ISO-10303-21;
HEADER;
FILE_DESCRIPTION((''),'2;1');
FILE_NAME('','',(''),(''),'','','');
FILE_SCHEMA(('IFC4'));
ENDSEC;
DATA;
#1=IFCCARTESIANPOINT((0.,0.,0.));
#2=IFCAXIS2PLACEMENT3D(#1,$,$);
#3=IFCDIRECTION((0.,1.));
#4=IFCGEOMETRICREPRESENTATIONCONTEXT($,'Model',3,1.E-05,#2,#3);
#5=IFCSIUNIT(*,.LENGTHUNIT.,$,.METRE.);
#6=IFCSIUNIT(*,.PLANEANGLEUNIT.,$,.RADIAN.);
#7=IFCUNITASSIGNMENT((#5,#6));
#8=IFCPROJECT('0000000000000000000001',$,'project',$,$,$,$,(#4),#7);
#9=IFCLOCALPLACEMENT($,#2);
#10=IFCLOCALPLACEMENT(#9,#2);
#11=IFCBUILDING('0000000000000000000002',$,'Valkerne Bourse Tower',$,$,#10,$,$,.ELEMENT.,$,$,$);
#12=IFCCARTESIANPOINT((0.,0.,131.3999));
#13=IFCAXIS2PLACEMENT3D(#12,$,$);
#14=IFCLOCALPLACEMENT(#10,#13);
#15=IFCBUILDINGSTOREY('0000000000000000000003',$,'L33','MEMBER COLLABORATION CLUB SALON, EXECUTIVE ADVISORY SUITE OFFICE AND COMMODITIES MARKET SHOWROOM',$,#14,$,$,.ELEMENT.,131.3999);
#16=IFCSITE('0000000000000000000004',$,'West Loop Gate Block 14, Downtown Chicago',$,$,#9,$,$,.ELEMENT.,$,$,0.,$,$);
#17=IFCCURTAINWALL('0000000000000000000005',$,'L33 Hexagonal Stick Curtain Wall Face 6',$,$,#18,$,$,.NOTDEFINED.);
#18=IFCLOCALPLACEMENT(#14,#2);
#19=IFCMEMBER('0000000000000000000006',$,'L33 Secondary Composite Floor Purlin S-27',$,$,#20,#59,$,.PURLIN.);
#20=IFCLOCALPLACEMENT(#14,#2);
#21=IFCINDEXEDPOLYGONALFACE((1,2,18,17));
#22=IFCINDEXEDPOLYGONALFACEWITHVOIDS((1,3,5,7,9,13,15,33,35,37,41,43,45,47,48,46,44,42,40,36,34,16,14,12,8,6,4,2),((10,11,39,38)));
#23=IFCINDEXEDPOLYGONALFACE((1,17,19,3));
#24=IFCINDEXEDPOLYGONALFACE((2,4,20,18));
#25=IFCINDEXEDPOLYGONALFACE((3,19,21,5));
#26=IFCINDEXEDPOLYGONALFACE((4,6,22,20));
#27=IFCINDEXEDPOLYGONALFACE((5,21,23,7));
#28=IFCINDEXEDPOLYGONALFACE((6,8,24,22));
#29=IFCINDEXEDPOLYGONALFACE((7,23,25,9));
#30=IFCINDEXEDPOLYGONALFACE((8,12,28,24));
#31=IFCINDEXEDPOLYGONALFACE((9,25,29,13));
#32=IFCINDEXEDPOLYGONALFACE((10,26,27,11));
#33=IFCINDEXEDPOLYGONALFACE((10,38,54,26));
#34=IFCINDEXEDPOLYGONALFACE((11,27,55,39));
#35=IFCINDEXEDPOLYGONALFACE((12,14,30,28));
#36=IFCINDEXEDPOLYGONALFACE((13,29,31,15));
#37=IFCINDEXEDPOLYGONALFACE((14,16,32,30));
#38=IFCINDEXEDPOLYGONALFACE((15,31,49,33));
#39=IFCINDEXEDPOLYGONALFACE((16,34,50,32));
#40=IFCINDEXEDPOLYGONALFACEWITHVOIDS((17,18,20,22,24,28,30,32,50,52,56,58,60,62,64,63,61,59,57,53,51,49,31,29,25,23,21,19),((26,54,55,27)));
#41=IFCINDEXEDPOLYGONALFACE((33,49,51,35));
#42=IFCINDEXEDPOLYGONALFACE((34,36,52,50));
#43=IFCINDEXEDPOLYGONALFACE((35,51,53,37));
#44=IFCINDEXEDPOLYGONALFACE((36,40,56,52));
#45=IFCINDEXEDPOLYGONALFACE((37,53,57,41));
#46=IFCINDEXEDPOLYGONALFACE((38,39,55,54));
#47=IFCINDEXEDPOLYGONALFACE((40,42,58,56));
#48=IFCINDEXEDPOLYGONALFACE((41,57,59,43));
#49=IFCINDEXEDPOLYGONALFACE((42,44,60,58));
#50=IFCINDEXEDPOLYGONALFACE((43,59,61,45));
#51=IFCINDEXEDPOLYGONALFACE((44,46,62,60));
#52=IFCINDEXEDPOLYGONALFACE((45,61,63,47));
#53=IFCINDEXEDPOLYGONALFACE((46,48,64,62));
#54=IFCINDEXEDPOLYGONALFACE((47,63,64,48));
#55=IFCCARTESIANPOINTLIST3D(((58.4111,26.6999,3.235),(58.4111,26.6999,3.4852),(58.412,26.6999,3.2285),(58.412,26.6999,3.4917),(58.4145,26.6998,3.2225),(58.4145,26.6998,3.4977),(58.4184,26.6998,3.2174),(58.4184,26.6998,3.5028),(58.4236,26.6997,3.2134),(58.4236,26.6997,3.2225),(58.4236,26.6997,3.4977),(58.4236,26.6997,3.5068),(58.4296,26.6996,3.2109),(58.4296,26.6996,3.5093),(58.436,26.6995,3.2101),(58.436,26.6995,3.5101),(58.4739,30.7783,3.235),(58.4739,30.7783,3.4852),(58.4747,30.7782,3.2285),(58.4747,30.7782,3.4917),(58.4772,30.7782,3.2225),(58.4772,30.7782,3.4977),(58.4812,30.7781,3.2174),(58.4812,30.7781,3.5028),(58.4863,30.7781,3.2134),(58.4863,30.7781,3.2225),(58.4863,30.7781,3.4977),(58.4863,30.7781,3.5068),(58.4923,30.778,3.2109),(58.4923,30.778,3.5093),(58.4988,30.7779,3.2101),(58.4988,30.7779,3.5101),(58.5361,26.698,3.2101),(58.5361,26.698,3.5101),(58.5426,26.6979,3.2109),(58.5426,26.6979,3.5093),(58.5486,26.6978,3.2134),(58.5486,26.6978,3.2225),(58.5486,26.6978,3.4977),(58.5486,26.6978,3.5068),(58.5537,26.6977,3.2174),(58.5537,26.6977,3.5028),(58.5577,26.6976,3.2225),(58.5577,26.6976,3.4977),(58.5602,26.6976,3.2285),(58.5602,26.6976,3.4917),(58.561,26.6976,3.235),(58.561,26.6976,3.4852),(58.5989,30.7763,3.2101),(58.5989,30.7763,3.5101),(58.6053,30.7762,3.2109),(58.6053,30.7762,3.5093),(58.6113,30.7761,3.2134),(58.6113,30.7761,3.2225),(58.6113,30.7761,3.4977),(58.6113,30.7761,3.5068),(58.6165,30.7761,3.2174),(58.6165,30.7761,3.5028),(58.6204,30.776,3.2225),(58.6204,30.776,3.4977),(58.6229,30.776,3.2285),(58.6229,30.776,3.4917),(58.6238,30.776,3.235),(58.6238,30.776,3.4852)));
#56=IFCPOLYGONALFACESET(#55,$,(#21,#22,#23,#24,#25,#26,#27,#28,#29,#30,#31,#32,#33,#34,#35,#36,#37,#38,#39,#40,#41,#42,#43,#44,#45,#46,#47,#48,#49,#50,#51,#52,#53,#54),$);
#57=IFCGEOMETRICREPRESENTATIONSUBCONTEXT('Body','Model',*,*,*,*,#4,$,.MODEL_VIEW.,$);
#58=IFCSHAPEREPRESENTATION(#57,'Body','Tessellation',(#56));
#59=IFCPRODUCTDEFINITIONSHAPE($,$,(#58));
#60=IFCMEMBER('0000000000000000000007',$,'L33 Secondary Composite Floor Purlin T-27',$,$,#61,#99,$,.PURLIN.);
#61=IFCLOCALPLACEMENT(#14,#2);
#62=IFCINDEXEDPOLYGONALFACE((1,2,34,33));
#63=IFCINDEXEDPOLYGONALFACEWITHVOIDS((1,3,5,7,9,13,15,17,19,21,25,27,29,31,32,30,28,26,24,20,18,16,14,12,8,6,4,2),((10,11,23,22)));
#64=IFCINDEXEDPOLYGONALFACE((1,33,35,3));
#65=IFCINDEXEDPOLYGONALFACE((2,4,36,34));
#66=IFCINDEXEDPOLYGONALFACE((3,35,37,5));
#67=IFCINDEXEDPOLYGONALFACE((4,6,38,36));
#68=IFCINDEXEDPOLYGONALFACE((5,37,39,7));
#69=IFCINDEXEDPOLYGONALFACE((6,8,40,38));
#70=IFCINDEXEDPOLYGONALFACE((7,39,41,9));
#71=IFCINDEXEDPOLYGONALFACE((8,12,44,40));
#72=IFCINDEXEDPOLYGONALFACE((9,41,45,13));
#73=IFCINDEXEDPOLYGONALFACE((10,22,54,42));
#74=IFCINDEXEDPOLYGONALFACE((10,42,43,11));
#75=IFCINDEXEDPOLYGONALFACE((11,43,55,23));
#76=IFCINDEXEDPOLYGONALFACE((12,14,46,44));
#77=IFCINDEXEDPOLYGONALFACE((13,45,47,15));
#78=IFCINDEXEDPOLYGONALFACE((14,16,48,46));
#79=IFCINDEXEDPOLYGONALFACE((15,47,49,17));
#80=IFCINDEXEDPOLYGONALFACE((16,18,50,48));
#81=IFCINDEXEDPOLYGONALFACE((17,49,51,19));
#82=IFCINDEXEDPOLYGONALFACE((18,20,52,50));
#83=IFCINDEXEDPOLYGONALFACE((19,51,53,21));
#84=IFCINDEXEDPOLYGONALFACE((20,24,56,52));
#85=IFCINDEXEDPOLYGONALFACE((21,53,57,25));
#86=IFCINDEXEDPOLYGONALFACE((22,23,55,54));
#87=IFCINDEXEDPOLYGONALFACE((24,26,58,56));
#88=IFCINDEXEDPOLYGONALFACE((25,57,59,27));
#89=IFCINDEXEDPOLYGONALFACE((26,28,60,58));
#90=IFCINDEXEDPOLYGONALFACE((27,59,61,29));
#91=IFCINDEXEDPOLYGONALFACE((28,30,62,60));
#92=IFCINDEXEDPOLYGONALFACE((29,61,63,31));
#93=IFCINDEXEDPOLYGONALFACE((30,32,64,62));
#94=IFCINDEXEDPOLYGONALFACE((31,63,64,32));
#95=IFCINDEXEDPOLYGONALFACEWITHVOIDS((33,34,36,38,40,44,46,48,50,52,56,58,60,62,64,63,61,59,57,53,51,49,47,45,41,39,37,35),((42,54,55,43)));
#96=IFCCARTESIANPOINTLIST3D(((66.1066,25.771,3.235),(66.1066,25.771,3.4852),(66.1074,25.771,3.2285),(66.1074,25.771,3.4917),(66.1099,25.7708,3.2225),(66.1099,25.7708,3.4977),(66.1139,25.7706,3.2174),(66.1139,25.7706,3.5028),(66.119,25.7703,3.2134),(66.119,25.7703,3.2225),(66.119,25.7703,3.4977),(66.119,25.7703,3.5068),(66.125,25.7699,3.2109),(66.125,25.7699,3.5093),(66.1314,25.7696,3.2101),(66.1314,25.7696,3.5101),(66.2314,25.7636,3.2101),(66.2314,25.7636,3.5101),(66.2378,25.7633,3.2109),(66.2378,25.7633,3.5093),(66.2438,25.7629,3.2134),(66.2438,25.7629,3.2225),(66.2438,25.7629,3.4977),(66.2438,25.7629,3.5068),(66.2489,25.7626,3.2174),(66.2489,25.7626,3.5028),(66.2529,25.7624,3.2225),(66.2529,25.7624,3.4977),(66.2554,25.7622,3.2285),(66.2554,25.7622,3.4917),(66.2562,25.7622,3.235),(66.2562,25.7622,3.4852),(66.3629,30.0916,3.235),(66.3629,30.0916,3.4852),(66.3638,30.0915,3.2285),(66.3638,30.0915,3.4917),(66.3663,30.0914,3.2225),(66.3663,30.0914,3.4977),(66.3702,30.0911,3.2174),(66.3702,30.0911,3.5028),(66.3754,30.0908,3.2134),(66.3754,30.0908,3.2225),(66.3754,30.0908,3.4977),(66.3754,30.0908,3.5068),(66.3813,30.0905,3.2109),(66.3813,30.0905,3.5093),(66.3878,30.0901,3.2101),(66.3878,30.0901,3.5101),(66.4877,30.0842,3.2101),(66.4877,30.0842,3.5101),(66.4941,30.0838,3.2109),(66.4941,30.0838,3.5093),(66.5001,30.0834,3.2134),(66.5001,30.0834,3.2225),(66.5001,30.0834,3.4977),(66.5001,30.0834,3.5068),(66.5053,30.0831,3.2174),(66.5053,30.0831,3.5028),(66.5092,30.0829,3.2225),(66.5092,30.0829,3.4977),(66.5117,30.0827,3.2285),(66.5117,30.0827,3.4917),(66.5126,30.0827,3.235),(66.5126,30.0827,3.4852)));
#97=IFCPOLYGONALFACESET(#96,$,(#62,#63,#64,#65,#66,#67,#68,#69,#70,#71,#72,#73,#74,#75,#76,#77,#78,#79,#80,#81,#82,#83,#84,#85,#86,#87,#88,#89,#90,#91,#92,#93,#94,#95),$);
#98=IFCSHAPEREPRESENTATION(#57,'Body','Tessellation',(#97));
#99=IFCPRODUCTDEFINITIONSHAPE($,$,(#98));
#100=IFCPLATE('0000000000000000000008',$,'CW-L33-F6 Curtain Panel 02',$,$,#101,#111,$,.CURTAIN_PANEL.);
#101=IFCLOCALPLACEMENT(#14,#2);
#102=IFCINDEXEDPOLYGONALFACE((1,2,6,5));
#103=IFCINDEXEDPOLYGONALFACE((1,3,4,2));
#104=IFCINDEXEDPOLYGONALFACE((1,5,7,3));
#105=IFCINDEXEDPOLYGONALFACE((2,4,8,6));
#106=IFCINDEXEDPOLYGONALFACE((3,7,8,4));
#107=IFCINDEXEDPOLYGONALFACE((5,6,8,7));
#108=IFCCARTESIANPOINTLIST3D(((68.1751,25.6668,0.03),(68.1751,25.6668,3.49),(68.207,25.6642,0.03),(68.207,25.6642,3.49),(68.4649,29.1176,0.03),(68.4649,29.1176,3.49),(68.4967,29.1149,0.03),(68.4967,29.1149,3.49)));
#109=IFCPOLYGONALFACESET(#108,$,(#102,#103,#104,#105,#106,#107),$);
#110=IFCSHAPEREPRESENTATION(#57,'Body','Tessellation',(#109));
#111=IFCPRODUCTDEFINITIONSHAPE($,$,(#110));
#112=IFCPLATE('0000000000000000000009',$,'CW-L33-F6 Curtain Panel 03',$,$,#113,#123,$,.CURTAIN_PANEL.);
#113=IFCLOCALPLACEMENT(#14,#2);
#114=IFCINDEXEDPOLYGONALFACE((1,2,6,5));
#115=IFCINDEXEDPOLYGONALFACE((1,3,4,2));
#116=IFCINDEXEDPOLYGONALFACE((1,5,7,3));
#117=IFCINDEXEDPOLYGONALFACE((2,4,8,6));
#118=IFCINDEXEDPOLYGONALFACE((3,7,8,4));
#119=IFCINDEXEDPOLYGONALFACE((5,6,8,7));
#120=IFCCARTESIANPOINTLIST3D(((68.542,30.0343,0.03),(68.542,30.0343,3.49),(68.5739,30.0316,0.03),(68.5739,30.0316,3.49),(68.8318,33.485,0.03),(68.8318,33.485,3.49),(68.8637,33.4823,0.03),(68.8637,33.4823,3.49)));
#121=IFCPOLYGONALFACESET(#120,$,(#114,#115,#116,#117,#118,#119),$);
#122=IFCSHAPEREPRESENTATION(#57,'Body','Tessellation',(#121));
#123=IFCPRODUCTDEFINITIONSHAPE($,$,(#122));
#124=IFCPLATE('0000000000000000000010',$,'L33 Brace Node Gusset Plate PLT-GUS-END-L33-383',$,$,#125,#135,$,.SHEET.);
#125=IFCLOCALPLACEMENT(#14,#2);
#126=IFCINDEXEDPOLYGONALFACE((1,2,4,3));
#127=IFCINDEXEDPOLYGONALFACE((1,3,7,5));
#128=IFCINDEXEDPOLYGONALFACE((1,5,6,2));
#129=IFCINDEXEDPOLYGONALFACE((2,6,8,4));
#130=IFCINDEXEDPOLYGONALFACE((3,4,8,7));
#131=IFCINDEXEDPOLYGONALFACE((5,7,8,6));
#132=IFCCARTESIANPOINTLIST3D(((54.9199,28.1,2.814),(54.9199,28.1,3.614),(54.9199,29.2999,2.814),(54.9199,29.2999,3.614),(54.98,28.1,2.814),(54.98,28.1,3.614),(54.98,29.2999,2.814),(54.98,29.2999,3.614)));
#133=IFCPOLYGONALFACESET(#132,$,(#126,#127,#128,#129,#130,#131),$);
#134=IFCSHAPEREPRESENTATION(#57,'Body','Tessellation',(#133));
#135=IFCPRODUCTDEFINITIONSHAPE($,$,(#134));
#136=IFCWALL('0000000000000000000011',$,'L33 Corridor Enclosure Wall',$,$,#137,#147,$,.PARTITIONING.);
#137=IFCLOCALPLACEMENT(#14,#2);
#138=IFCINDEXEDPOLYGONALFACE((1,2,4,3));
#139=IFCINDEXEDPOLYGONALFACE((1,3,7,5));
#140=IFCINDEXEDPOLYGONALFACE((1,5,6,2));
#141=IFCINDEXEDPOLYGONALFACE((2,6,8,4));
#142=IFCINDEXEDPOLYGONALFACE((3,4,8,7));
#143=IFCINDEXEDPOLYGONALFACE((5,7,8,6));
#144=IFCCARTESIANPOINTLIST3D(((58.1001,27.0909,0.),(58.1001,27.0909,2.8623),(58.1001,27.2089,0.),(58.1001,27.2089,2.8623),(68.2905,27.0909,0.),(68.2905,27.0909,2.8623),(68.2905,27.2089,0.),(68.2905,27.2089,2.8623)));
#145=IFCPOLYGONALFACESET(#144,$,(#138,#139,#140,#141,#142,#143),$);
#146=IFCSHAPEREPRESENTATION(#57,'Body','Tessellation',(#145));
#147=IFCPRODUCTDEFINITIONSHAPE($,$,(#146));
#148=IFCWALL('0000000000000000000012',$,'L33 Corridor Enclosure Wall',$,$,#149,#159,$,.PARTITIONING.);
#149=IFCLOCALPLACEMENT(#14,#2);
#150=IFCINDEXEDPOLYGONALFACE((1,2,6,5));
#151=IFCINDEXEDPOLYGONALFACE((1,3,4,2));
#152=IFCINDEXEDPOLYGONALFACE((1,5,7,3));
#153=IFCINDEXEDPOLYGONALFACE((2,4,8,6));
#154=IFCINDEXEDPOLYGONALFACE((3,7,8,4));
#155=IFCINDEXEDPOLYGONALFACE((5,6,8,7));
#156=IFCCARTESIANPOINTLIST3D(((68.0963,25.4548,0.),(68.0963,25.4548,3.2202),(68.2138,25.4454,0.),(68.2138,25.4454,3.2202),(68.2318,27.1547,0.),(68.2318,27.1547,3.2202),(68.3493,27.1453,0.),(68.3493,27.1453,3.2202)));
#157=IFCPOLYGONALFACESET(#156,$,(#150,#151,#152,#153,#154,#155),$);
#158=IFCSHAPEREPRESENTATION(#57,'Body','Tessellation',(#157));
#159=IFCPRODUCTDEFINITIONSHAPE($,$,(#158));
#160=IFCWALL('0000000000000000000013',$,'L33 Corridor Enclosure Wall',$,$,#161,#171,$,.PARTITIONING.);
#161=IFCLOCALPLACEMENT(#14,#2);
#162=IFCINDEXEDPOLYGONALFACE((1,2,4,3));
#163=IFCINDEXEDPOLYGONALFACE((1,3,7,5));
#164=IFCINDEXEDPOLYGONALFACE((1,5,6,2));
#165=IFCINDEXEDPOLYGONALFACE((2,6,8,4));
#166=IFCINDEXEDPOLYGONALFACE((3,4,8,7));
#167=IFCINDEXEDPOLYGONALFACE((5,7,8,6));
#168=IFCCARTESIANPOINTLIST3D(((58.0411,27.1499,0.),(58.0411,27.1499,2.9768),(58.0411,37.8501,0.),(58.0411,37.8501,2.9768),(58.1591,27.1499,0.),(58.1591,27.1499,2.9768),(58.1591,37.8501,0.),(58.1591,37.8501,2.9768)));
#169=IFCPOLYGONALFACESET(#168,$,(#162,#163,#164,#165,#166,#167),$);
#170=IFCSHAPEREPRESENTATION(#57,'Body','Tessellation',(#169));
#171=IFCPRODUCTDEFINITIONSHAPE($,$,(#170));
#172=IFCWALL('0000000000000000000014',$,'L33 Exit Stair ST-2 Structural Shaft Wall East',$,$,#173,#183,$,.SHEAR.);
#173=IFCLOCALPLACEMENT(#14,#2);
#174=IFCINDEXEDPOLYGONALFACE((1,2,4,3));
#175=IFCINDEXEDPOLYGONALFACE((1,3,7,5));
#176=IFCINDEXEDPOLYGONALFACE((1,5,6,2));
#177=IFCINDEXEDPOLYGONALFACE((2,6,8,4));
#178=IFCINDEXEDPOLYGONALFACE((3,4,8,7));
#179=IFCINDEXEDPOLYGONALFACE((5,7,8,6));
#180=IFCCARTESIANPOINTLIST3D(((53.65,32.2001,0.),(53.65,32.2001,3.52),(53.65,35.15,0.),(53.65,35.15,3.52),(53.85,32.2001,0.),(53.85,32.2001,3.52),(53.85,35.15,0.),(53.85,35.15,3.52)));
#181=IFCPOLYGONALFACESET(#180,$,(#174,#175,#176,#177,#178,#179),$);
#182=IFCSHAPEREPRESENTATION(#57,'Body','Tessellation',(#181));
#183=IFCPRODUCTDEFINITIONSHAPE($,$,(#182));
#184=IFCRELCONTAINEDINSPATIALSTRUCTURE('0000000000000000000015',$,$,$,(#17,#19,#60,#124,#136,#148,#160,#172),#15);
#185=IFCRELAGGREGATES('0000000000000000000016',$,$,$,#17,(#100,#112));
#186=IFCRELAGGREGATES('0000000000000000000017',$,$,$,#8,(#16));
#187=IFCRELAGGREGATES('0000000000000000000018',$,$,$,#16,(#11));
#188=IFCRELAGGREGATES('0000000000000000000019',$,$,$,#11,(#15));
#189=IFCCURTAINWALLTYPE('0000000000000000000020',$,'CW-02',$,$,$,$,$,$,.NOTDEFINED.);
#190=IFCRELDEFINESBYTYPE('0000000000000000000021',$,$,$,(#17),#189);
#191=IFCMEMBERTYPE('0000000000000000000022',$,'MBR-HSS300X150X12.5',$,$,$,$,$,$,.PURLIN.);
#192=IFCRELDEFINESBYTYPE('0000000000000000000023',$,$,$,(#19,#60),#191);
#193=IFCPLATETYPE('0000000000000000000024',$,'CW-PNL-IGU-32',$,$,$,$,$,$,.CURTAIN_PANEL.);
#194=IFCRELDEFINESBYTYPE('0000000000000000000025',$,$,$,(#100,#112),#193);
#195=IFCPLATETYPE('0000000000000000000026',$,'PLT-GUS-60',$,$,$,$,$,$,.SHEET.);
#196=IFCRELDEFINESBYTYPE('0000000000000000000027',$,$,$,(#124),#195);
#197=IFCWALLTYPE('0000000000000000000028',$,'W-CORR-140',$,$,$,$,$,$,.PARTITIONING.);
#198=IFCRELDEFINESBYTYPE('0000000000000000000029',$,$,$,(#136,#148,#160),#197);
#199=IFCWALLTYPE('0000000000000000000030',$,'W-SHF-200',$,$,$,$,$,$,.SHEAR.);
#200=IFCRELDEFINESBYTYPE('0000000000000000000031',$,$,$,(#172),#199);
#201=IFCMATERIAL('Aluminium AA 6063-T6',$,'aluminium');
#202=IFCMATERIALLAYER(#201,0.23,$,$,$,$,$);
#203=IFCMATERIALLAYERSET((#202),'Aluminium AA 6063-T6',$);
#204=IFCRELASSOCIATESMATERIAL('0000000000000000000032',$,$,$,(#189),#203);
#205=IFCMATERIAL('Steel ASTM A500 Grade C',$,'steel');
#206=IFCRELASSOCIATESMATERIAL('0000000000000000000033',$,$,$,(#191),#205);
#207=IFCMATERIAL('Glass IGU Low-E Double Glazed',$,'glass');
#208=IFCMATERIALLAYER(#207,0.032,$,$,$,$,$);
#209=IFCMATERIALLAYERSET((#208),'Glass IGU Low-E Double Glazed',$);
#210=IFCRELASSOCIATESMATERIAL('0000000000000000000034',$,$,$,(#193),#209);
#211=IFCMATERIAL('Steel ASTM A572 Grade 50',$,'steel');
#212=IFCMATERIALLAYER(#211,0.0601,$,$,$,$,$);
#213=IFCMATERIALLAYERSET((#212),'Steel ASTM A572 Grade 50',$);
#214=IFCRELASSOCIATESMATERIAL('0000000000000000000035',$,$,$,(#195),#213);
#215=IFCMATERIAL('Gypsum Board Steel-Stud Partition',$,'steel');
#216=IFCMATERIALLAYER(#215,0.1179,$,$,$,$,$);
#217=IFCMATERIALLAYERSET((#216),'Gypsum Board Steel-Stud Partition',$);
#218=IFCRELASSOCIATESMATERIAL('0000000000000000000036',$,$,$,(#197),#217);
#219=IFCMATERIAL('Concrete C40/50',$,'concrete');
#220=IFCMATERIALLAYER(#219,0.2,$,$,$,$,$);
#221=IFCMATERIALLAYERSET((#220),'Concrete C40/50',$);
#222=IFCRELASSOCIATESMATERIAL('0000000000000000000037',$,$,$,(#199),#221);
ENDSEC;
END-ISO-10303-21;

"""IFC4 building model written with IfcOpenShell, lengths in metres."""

from ifc_helpers import new_model, si_unit, direction, frame, frame_2d, origin, origin_2d, place, context, subcontext, project, spatial, rectangle, hollow_rectangle, extrude, material, layer, layer_set, material_profile, profile_set, type_object, element, aggregate, save


model = new_model("IFC4")

# Units and contexts
model_context = context("Model", 3, precision=1e-05, world=origin(), true_north=direction((0.0, 1.0)))
body_context = subcontext(model_context, "Body", "Model", "MODEL_VIEW")
ifc_project = project(units=[si_unit("LENGTHUNIT", "METRE"), si_unit("PLANEANGLEUNIT", "RADIAN")], contexts=[model_context])

# Site, building, storey
site_placement = place(None, origin())
site = spatial("IfcSite", under=ifc_project, at=site_placement, Name="West Loop Gate Block 14, Downtown Chicago", CompositionType="ELEMENT", RefElevation=0.0)
building_placement = place(site_placement, origin())
building = spatial("IfcBuilding", under=site, at=building_placement, Name="Valkerne Bourse Tower", CompositionType="ELEMENT")
storey_placement = place(building_placement, frame((0.0, 0.0, 131.3999)))
storey = spatial("IfcBuildingStorey", under=building, at=storey_placement, Name="L33", Description="MEMBER COLLABORATION CLUB SALON, EXECUTIVE ADVISORY SUITE OFFICE AND COMMODITIES MARKET SHOWROOM", CompositionType="ELEMENT", Elevation=131.3999)

# Curtain wall
ifc_material_1 = material(Name="Aluminium AA 6063-T6", Category="aluminium")
ifc_layer_1 = layer(ifc_material_1, 0.23)
ifc_layer_set_1 = layer_set([ifc_layer_1], Name="Aluminium AA 6063-T6")
curtain_wall_type = type_object("IfcCurtainWallType", Name="CW-02", PredefinedType="NOTDEFINED", material=ifc_layer_set_1)
curtain_wall_placement = place(storey_placement, origin())
curtain_wall = element("IfcCurtainWall", 1, at=curtain_wall_placement, inside=storey, type_object=curtain_wall_type, Name="L33 Hexagonal Stick Curtain Wall Face 6", PredefinedType="NOTDEFINED")

# Members
ifc_material_2 = material(Name="Steel ASTM A500 Grade C", Category="steel")
ifc_material_profile_1 = material_profile(ifc_material_2, hollow_rectangle(XDim=0.1499, YDim=0.3, WallThickness=0.0125, OuterFilletRadius=0.0249, at=origin_2d()), Name="HSS300X150X12.5")
ifc_profile_set_1 = profile_set([ifc_material_profile_1], Name="Steel ASTM A500 Grade C")
member_type_1 = type_object("IfcMemberType", Name="MBR-HSS300X150X12.5", PredefinedType="PURLIN", material=ifc_profile_set_1)
member_1_placement = place(storey_placement, frame((58.4861, 26.6987, 3.3601), z_axis=(0.015383, 0.999882, 0.0), x_axis=(-0.999882, 0.015383, 0.0)))
element("IfcMember", 2, at=member_1_placement, inside=storey, type_object=member_type_1, Name="L33 Secondary Composite Floor Purlin S-27", PredefinedType="PURLIN", context=body_context, shape_type="SweptSolid", body=[
    extrude(hollow_rectangle(XDim=0.1499, YDim=0.3, WallThickness=0.0125, OuterFilletRadius=0.0249, at=origin_2d()), origin(), (0.0, 0.0, 1.0), 4.0789),
])
member_2_placement = place(storey_placement, frame((66.1814, 25.7666, 3.3601), z_axis=(0.059228, 0.998244, 0.0), x_axis=(-0.998244, 0.059228, 0.0)))
element("IfcMember", 3, at=member_2_placement, inside=storey, type_object=member_type_1, Name="L33 Secondary Composite Floor Purlin T-27", PredefinedType="PURLIN", context=body_context, shape_type="SweptSolid", body=[
    extrude(hollow_rectangle(XDim=0.1499, YDim=0.3, WallThickness=0.0125, OuterFilletRadius=0.0249, at=origin_2d()), origin(), (0.0, 0.0, 1.0), 4.3281),
])

# Plates
ifc_material_3 = material(Name="Glass IGU Low-E Double Glazed", Category="glass")
ifc_layer_2 = layer(ifc_material_3, 0.032)
ifc_layer_set_2 = layer_set([ifc_layer_2], Name="Glass IGU Low-E Double Glazed")
plate_type_1 = type_object("IfcPlateType", Name="CW-PNL-IGU-32", PredefinedType="CURTAIN_PANEL", material=ifc_layer_set_2)
plate_1_placement = place(storey_placement, frame((68.3359, 27.3909, 0.03), z_axis=(0.0, 0.0, 1.0), x_axis=(0.083663, 0.996494, 0.0)))
plate_1 = element("IfcPlate", 4, at=plate_1_placement, type_object=plate_type_1, Name="CW-L33-F6 Curtain Panel 02", PredefinedType="CURTAIN_PANEL", context=body_context, shape_type="SweptSolid", body=[
    extrude(rectangle(XDim=3.4629, YDim=0.032, at=origin_2d()), origin(), (0.0, 0.0, 1.0), 3.46),
])
plate_2_placement = place(storey_placement, frame((68.7029, 31.7583, 0.03), z_axis=(0.0, 0.0, 1.0), x_axis=(0.083687, 0.996492, 0.0)))
plate_2 = element("IfcPlate", 5, at=plate_2_placement, type_object=plate_type_1, Name="CW-L33-F6 Curtain Panel 03", PredefinedType="CURTAIN_PANEL", context=body_context, shape_type="SweptSolid", body=[
    extrude(rectangle(XDim=3.4629, YDim=0.032, at=origin_2d()), origin(), (0.0, 0.0, 1.0), 3.46),
])
aggregate(curtain_wall, [plate_1, plate_2])
ifc_material_4 = material(Name="Steel ASTM A572 Grade 50", Category="steel")
ifc_layer_3 = layer(ifc_material_4, 0.0601)
ifc_layer_set_3 = layer_set([ifc_layer_3], Name="Steel ASTM A572 Grade 50")
plate_type_2 = type_object("IfcPlateType", Name="PLT-GUS-60", PredefinedType="SHEET", material=ifc_layer_set_3)
plate_3_placement = place(storey_placement, frame((54.95, 28.7, 2.814), z_axis=(0.0, 0.0, 1.0), x_axis=(0.0, 1.0, 0.0)))
element("IfcPlate", 6, at=plate_3_placement, inside=storey, type_object=plate_type_2, Name="L33 Brace Node Gusset Plate PLT-GUS-END-L33-383", PredefinedType="SHEET", context=body_context, shape_type="SweptSolid", body=[
    extrude(rectangle(XDim=1.2, YDim=0.0601, at=origin_2d()), origin(), (0.0, 0.0, 1.0), 0.8),
])

# Walls
ifc_material_5 = material(Name="Gypsum Board Steel-Stud Partition", Category="steel")
ifc_layer_4 = layer(ifc_material_5, 0.1179)
ifc_layer_set_4 = layer_set([ifc_layer_4], Name="Gypsum Board Steel-Stud Partition")
wall_type_1 = type_object("IfcWallType", Name="W-CORR-140", PredefinedType="PARTITIONING", material=ifc_layer_set_4)
wall_1_placement = place(storey_placement, frame((58.1001, 27.1499, 0.0), z_axis=(0.0, 0.0, 1.0), x_axis=(1.0, 0.0, 0.0)))
element("IfcWall", 7, at=wall_1_placement, inside=storey, type_object=wall_type_1, Name="L33 Corridor Enclosure Wall", PredefinedType="PARTITIONING", context=body_context, shape_type="SweptSolid", body=[
    extrude(rectangle(XDim=10.1904, YDim=0.1179, at=frame_2d((5.0952, 0.0))), origin(), (0.0, 0.0, 1.0), 2.8623),
])
wall_2_placement = place(storey_placement, frame((68.2905, 27.1499, 0.0), z_axis=(0.0, 0.0, 1.0), x_axis=(-0.079455, -0.996838, 0.0)))
element("IfcWall", 8, at=wall_2_placement, inside=storey, type_object=wall_type_1, Name="L33 Corridor Enclosure Wall", PredefinedType="PARTITIONING", context=body_context, shape_type="SweptSolid", body=[
    extrude(rectangle(XDim=1.7053, YDim=0.1179, at=frame_2d((0.8525, 0.0))), origin(), (0.0, 0.0, 1.0), 3.2202),
])
wall_3_placement = place(storey_placement, frame((58.1001, 37.8501, 0.0), z_axis=(0.0, 0.0, 1.0), x_axis=(0.0, -1.0, 0.0)))
element("IfcWall", 9, at=wall_3_placement, inside=storey, type_object=wall_type_1, Name="L33 Corridor Enclosure Wall", PredefinedType="PARTITIONING", context=body_context, shape_type="SweptSolid", body=[
    extrude(rectangle(XDim=10.7002, YDim=0.1179, at=frame_2d((5.3501, 0.0))), origin(), (0.0, 0.0, 1.0), 2.9768),
])
ifc_material_6 = material(Name="Concrete C40/50", Category="concrete")
ifc_layer_5 = layer(ifc_material_6, 0.2)
ifc_layer_set_5 = layer_set([ifc_layer_5], Name="Concrete C40/50")
wall_type_2 = type_object("IfcWallType", Name="W-SHF-200", PredefinedType="SHEAR", material=ifc_layer_set_5)
wall_4_placement = place(storey_placement, frame((53.75, 32.2, 0.0), z_axis=(0.0, 0.0, 1.0), x_axis=(0.0, 1.0, 0.0)))
element("IfcWall", 10, at=wall_4_placement, inside=storey, type_object=wall_type_2, Name="L33 Exit Stair ST-2 Structural Shaft Wall East", PredefinedType="SHEAR", context=body_context, shape_type="SweptSolid", body=[
    extrude(rectangle(XDim=2.95, YDim=0.2, at=frame_2d((1.4751, 0.0))), origin(), (0.0, 0.0, 1.0), 3.52),
])

save(model, "model.ifc")
